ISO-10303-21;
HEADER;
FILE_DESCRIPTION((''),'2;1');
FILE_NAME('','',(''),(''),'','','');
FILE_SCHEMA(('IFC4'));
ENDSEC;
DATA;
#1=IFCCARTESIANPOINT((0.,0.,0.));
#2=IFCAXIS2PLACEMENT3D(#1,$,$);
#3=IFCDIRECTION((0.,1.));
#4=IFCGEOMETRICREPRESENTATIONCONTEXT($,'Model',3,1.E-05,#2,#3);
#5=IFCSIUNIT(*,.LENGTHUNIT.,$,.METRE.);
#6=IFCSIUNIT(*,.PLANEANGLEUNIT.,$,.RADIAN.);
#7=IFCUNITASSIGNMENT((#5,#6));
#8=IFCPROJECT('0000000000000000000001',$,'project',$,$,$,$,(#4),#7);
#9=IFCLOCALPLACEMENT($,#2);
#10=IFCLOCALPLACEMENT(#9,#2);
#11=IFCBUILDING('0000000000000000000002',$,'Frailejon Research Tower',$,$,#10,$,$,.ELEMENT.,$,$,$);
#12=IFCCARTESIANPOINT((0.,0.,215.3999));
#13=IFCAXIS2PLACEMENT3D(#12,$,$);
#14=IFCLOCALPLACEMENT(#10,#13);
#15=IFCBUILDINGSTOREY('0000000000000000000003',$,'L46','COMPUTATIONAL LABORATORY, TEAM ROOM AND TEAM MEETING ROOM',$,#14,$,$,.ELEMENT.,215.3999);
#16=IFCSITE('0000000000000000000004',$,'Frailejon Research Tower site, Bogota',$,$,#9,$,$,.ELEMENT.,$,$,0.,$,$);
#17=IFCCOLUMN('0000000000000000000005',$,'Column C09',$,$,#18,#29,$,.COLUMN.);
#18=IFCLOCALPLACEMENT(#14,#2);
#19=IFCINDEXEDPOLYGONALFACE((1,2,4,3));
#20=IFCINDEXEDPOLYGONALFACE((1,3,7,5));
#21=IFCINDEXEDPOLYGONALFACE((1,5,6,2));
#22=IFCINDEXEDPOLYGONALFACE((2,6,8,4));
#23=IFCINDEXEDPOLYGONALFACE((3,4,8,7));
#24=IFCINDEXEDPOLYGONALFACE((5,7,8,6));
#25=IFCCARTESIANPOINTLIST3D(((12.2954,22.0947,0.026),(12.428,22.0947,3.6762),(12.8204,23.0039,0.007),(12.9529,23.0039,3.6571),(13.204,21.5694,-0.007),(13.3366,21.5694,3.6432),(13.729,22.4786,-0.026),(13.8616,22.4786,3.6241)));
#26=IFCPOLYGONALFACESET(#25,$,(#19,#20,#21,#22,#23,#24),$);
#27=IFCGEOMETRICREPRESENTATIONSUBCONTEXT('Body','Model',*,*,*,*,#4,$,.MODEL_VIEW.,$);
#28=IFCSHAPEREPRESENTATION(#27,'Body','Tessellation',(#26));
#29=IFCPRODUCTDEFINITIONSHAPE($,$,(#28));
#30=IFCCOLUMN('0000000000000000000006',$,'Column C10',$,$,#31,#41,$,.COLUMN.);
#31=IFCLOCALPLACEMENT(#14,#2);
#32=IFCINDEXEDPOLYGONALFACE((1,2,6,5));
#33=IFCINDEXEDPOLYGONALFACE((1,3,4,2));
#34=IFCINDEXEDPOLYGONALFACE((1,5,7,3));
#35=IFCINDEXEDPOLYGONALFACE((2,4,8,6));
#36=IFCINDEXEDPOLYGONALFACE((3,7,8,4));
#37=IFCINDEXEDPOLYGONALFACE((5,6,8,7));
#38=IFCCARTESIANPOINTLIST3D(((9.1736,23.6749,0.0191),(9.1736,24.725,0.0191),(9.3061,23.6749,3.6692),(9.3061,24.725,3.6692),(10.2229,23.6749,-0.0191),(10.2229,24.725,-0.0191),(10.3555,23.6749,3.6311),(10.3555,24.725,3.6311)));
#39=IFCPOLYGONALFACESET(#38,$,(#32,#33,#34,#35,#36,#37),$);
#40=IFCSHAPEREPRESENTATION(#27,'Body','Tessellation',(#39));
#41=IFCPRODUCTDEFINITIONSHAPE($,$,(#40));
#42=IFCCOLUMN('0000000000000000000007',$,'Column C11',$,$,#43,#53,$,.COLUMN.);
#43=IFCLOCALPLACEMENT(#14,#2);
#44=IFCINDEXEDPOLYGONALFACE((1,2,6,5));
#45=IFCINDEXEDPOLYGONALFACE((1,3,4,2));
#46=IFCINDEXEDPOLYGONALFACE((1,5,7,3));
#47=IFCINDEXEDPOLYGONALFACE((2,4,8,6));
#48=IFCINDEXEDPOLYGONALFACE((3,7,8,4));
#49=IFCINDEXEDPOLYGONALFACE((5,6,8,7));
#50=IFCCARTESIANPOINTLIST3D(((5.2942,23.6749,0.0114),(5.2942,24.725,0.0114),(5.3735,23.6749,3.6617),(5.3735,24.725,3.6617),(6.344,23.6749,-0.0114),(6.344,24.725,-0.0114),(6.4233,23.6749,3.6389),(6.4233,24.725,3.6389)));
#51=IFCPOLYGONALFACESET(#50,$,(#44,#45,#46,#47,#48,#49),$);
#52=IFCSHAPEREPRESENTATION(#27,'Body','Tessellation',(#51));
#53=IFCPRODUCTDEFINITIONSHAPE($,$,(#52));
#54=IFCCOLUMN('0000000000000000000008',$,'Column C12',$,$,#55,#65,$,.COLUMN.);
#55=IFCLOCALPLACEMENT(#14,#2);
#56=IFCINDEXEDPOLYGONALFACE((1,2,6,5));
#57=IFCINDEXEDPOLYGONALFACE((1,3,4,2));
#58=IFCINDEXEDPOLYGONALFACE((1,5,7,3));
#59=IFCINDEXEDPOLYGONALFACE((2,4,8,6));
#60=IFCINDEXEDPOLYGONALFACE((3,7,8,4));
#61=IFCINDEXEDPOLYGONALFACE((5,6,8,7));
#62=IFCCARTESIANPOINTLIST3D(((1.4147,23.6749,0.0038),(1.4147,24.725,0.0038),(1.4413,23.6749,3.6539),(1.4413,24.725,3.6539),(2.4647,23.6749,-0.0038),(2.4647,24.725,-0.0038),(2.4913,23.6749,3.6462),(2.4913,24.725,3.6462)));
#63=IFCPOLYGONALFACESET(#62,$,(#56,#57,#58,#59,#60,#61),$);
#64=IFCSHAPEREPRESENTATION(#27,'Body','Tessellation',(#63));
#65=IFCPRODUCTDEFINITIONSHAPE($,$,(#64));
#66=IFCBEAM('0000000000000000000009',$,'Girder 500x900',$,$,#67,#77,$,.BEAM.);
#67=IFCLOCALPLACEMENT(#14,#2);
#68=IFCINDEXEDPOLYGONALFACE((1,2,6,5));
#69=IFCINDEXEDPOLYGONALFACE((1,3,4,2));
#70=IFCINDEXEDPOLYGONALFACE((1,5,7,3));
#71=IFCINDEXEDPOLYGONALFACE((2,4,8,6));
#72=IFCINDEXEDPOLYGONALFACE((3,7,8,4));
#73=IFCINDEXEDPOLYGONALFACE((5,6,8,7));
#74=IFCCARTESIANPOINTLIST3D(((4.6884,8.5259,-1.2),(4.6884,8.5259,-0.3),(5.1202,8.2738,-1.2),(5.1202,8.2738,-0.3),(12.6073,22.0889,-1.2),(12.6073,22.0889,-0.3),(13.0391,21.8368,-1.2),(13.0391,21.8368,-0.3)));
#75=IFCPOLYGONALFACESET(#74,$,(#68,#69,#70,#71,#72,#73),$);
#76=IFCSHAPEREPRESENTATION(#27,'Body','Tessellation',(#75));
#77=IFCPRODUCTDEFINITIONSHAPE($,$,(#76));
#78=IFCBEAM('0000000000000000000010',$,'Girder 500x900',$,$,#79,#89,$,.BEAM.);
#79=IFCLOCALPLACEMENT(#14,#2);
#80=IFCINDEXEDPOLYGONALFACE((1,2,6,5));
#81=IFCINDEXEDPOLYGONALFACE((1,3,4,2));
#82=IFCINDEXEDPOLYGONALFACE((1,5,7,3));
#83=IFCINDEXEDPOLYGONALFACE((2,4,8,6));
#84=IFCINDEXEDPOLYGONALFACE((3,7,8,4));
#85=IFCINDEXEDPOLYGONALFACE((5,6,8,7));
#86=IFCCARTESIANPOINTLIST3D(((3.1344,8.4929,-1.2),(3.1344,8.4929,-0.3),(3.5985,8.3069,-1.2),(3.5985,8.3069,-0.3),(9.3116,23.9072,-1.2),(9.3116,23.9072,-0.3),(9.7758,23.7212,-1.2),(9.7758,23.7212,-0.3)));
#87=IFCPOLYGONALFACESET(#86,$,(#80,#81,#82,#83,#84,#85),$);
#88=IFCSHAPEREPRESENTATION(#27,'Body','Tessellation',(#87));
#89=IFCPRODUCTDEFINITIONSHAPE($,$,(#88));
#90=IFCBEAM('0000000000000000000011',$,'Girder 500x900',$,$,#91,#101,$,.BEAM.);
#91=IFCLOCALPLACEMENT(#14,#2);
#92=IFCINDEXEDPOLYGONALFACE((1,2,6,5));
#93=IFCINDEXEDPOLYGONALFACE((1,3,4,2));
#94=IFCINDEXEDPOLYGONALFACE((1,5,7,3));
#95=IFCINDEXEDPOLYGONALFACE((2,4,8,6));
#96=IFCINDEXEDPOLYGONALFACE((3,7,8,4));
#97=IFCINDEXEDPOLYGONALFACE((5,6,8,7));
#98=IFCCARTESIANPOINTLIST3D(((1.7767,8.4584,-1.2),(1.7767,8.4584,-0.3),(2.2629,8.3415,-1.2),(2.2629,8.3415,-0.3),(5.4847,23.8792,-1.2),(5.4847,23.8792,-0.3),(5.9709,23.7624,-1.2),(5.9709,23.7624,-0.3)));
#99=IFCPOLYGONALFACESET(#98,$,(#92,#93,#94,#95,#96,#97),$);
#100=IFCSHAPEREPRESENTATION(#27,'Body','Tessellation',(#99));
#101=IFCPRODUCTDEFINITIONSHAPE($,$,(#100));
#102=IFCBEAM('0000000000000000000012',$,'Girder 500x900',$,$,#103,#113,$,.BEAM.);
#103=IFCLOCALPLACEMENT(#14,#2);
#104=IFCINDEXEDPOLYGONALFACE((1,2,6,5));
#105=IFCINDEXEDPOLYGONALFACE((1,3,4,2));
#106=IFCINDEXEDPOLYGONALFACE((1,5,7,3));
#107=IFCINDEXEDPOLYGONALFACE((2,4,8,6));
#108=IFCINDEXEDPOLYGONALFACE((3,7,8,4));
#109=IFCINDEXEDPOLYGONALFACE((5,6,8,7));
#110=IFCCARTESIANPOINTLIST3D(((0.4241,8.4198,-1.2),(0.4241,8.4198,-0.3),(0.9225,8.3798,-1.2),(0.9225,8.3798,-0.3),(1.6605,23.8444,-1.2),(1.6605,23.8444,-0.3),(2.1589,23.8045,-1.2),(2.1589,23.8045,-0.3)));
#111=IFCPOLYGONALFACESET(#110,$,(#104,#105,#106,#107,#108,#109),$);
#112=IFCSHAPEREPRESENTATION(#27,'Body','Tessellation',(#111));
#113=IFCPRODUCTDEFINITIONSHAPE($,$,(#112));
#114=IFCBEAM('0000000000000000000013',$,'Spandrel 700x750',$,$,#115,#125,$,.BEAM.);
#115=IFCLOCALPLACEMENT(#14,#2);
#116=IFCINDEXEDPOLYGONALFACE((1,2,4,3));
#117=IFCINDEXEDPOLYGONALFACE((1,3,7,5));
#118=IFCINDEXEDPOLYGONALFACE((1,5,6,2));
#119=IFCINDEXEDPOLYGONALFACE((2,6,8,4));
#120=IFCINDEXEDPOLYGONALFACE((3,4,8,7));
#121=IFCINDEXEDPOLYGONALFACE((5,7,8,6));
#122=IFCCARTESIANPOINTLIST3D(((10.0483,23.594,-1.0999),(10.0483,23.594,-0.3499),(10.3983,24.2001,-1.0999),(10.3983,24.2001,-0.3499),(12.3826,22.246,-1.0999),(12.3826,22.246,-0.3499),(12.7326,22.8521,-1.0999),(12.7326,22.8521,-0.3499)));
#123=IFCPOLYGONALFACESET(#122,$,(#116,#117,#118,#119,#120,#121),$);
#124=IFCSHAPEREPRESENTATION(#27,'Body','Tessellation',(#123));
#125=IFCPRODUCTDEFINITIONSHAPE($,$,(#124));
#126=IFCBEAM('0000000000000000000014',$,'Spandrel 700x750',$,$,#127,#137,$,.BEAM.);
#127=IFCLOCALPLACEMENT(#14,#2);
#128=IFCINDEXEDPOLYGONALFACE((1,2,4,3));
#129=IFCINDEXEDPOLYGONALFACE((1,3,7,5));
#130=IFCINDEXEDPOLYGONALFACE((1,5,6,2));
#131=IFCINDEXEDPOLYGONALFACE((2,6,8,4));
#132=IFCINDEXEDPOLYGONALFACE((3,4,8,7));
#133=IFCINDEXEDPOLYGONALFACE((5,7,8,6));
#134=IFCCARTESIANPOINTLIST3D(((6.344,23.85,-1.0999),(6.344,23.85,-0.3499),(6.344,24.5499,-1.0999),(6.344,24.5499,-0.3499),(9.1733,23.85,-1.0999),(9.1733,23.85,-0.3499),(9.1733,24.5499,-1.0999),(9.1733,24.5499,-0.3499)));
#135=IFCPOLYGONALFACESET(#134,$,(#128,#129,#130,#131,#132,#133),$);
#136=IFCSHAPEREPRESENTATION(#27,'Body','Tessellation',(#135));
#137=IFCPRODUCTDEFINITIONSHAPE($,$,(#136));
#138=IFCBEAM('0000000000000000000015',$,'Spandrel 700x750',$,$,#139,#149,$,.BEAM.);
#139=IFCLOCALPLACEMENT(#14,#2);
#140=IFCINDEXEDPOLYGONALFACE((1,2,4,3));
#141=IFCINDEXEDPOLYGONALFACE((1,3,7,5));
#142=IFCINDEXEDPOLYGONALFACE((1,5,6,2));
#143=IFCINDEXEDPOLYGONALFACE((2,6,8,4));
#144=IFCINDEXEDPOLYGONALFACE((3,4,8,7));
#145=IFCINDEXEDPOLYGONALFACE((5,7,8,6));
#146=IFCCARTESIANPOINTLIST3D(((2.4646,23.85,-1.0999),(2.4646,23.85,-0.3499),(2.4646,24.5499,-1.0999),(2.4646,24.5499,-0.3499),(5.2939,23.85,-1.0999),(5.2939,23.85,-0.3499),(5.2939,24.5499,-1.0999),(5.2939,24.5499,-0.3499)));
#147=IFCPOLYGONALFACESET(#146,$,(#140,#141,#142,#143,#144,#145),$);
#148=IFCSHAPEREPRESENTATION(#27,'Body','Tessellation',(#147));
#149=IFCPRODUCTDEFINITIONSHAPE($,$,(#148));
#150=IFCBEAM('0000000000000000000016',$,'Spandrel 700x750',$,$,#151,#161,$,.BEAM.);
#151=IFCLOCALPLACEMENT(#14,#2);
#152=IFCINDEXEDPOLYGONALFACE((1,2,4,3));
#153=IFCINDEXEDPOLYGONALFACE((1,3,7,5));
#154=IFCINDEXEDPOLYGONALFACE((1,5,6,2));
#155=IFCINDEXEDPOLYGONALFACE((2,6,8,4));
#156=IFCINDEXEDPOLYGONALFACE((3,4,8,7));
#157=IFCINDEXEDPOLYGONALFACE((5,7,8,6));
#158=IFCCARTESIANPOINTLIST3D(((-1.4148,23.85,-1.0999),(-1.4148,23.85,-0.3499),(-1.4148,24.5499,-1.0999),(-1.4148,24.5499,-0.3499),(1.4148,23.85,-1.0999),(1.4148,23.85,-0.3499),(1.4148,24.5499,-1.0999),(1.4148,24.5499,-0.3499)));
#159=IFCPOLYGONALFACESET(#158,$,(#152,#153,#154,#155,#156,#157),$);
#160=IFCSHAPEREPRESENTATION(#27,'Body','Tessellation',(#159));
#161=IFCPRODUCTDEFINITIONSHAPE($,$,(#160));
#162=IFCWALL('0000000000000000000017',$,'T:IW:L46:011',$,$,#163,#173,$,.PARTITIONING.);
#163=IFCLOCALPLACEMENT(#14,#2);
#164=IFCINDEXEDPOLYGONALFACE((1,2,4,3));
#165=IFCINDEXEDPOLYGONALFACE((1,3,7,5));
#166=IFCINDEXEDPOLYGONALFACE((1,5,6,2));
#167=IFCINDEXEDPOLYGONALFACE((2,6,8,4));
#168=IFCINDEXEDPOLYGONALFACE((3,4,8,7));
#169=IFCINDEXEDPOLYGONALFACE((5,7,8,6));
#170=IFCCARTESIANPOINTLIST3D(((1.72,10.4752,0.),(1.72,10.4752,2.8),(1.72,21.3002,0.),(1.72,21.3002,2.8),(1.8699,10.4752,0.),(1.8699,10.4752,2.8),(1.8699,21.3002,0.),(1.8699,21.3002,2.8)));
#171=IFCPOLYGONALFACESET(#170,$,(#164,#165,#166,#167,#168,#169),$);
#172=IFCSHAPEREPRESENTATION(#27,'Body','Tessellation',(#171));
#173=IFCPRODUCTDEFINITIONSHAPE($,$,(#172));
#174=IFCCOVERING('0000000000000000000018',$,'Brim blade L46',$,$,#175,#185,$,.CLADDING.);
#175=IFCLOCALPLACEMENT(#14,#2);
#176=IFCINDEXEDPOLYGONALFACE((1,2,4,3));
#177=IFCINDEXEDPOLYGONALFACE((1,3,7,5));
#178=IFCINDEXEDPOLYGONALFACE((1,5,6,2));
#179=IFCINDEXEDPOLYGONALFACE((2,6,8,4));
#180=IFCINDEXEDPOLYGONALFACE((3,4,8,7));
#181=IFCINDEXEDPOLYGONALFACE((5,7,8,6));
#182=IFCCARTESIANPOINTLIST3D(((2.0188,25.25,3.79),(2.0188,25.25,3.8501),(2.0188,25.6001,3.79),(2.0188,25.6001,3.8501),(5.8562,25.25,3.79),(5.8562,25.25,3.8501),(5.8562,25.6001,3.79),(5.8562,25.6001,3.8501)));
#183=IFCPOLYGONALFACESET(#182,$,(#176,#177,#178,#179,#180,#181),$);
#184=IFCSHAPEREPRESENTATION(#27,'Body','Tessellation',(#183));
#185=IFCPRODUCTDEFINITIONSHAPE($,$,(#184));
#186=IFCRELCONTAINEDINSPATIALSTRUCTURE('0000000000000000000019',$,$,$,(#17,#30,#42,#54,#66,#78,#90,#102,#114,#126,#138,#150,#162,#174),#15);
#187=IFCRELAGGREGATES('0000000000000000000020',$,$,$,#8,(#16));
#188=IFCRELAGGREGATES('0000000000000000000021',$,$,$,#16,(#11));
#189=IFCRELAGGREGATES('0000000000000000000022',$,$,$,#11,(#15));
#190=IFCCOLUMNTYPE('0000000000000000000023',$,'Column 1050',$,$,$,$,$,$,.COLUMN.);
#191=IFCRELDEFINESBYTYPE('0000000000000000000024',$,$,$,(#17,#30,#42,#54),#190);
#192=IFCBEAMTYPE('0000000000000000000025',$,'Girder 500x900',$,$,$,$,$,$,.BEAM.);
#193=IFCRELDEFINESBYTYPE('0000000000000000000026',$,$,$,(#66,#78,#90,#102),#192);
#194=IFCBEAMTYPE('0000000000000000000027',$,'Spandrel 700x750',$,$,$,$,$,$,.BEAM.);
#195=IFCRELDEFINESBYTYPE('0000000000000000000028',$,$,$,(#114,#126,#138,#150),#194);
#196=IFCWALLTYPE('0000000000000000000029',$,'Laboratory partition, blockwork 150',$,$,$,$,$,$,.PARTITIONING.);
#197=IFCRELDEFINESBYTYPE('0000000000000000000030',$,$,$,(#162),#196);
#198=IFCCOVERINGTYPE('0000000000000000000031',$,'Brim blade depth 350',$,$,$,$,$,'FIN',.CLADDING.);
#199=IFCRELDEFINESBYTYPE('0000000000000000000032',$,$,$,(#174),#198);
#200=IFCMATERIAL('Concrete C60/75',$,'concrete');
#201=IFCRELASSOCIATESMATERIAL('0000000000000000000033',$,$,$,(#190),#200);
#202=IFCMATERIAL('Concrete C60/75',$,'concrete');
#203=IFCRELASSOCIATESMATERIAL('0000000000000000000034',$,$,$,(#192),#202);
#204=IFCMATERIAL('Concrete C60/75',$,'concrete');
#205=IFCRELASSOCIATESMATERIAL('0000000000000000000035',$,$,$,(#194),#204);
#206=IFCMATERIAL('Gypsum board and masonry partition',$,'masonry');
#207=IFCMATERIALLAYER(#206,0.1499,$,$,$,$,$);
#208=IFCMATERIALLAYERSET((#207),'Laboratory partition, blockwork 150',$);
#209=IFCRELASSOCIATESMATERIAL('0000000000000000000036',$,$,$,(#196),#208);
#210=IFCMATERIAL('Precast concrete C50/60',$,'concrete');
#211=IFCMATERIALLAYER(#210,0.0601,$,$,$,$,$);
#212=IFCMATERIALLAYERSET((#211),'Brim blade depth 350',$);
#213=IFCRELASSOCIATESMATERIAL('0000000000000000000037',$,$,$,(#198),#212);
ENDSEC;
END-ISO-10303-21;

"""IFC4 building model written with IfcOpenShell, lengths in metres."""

from ifc_helpers import new_model, si_unit, direction, frame, frame_2d, origin, origin_2d, place, context, subcontext, project, spatial, polyline, rectangle, outline, extrude, material, layer, layer_set, material_profile, profile_set, type_object, element, save


model = new_model("IFC4")

# Units and contexts
model_context = context("Model", 3, precision=1e-05, world=origin(), true_north=direction((0.0, 1.0)))
body_context = subcontext(model_context, "Body", "Model", "MODEL_VIEW")
ifc_project = project(units=[si_unit("LENGTHUNIT", "METRE"), si_unit("PLANEANGLEUNIT", "RADIAN")], contexts=[model_context])

# Site, building, storey
site_placement = place(None, origin())
site = spatial("IfcSite", under=ifc_project, at=site_placement, Name="Frailejon Research Tower site, Bogota", CompositionType="ELEMENT", RefElevation=0.0)
building_placement = place(site_placement, origin())
building = spatial("IfcBuilding", under=site, at=building_placement, Name="Frailejon Research Tower", CompositionType="ELEMENT")
storey_placement = place(building_placement, frame((0.0, 0.0, 215.3999)))
storey = spatial("IfcBuildingStorey", under=building, at=storey_placement, Name="L46", Description="COMPUTATIONAL LABORATORY, TEAM ROOM AND TEAM MEETING ROOM", CompositionType="ELEMENT", Elevation=215.3999)

# Columns
ifc_material_1 = material(Name="Concrete C60/75", Category="concrete")
ifc_material_profile_1 = material_profile(ifc_material_1, rectangle(XDim=1.05, YDim=1.05, at=origin_2d()), Name="Column 1050")
ifc_profile_set_1 = profile_set([ifc_material_profile_1], Name="Concrete C60/75")
column_type = type_object("IfcColumnType", Name="Column 1050", PredefinedType="COLUMN", material=ifc_profile_set_1)
for number, where, z_axis, x_axis, name in (
    (1, (13.0122, 22.2866, 0.0), (0.036295, 0.0, 0.999341), (-0.865313, 0.500246, 0.031427), "Column C09"),
    (2, (9.6982, 24.2, 0.0), (0.036295, 0.0, 0.999341), (-0.999341, 0.0, 0.036295), "Column C10"),
):
    element("IfcColumn", number, at=place(storey_placement, frame(where, z_axis=z_axis, x_axis=x_axis)), inside=storey, type_object=column_type, Name=name, PredefinedType="COLUMN", context=body_context, shape_type="SweptSolid", body=[
        extrude(rectangle(XDim=1.05, YDim=1.05, at=origin_2d()), origin(), (0.0, 0.0, 1.0), 3.6526),
    ])
column_1_placement = place(storey_placement, frame((5.8191, 24.2, 0.0), z_axis=(0.021733, 0.0, 0.999764), x_axis=(-0.999764, 0.0, 0.021733)))
element("IfcColumn", 3, at=column_1_placement, inside=storey, type_object=column_type, Name="Column C11", PredefinedType="COLUMN", context=body_context, shape_type="SweptSolid", body=[
    extrude(rectangle(XDim=1.05, YDim=1.05, at=origin_2d()), origin(), (0.0, 0.0, 1.0), 3.6511),
])
column_2_placement = place(storey_placement, frame((1.9397, 24.2, 0.0), z_axis=(0.00729, 0.0, 0.999973), x_axis=(-0.999973, 0.0, 0.00729)))
element("IfcColumn", 4, at=column_2_placement, inside=storey, type_object=column_type, Name="Column C12", PredefinedType="COLUMN", context=body_context, shape_type="SweptSolid", body=[
    extrude(rectangle(XDim=1.05, YDim=1.05, at=origin_2d()), origin(), (0.0, 0.0, 1.0), 3.6501),
])

# Beams
ifc_material_2 = material(Name="Concrete C60/75", Category="concrete")
ifc_material_profile_2 = material_profile(ifc_material_2, rectangle(XDim=0.5, YDim=0.8999, at=origin_2d()), Name="Girder 500x900")
ifc_profile_set_2 = profile_set([ifc_material_profile_2], Name="Concrete C60/75")
beam_type_1 = type_object("IfcBeamType", Name="Girder 500x900", PredefinedType="BEAM", material=ifc_profile_set_2)
beam_1_placement = place(storey_placement, frame((12.8232, 21.9629, -0.75), z_axis=(-0.504213, -0.863579, 0.0), x_axis=(0.863579, -0.504213, 0.0)))
element("IfcBeam", 5, at=beam_1_placement, inside=storey, type_object=beam_type_1, Name="Girder 500x900", PredefinedType="BEAM", context=body_context, shape_type="SweptSolid", body=[
    extrude(rectangle(XDim=0.5, YDim=0.8999, at=origin_2d()), origin(), (0.0, 0.0, 1.0), 15.7056),
])
beam_2_placement = place(storey_placement, frame((9.5437, 23.8142, -0.75), z_axis=(-0.371989, -0.928237, 0.0), x_axis=(0.928237, -0.371989, 0.0)))
element("IfcBeam", 6, at=beam_2_placement, inside=storey, type_object=beam_type_1, Name="Girder 500x900", PredefinedType="BEAM", context=body_context, shape_type="SweptSolid", body=[
    extrude(rectangle(XDim=0.5, YDim=0.8999, at=origin_2d()), origin(), (0.0, 0.0, 1.0), 16.606),
])
beam_3_placement = place(storey_placement, frame((5.7278, 23.8208, -0.75), z_axis=(-0.23379, -0.972287, 0.0), x_axis=(0.972287, -0.23379, 0.0)))
element("IfcBeam", 7, at=beam_3_placement, inside=storey, type_object=beam_type_1, Name="Girder 500x900", PredefinedType="BEAM", context=body_context, shape_type="SweptSolid", body=[
    extrude(rectangle(XDim=0.5, YDim=0.8999, at=origin_2d()), origin(), (0.0, 0.0, 1.0), 15.8604),
])
beam_4_placement = place(storey_placement, frame((1.9097, 23.8245, -0.75), z_axis=(-0.079897, -0.996803, 0.0), x_axis=(0.996803, -0.079897, 0.0)))
element("IfcBeam", 8, at=beam_4_placement, inside=storey, type_object=beam_type_1, Name="Girder 500x900", PredefinedType="BEAM", context=body_context, shape_type="SweptSolid", body=[
    extrude(rectangle(XDim=0.5, YDim=0.8999, at=origin_2d()), origin(), (0.0, 0.0, 1.0), 15.4741),
])
ifc_material_3 = material(Name="Concrete C60/75", Category="concrete")
ifc_material_profile_3 = material_profile(ifc_material_3, rectangle(XDim=0.7, YDim=0.75, at=origin_2d()), Name="Spandrel 700x750")
ifc_profile_set_3 = profile_set([ifc_material_profile_3], Name="Concrete C60/75")
beam_type_2 = type_object("IfcBeamType", Name="Spandrel 700x750", PredefinedType="BEAM", material=ifc_profile_set_3)
beam_5_placement = place(storey_placement, frame((12.5576, 22.5491, -0.7249), z_axis=(-0.865988, 0.500065, 0.0), x_axis=(-0.500065, -0.865988, 0.0)))
element("IfcBeam", 9, at=beam_5_placement, inside=storey, type_object=beam_type_2, Name="Spandrel 700x750", PredefinedType="BEAM", context=body_context, shape_type="SweptSolid", body=[
    extrude(rectangle(XDim=0.7, YDim=0.75, at=origin_2d()), origin(), (0.0, 0.0, 1.0), 2.6956),
])
for number, where, z_axis, x_axis, name in (
    (10, (9.1733, 24.2, -0.7249), (-1.0, 0.0, 0.0), (0.0, -1.0, 0.0), "Spandrel 700x750"),
    (11, (5.2939, 24.2, -0.7249), (-1.0, 0.0, 0.0), (0.0, -1.0, 0.0), "Spandrel 700x750"),
):
    element("IfcBeam", number, at=place(storey_placement, frame(where, z_axis=z_axis, x_axis=x_axis)), inside=storey, type_object=beam_type_2, Name=name, PredefinedType="BEAM", context=body_context, shape_type="SweptSolid", body=[
        extrude(rectangle(XDim=0.7, YDim=0.75, at=origin_2d()), origin(), (0.0, 0.0, 1.0), 2.8293),
    ])
beam_6_placement = place(storey_placement, frame((1.4148, 24.2, -0.7249), z_axis=(-1.0, 0.0, 0.0), x_axis=(0.0, -1.0, 0.0)))
element("IfcBeam", 12, at=beam_6_placement, inside=storey, type_object=beam_type_2, Name="Spandrel 700x750", PredefinedType="BEAM", context=body_context, shape_type="SweptSolid", body=[
    extrude(rectangle(XDim=0.7, YDim=0.75, at=origin_2d()), origin(), (0.0, 0.0, 1.0), 2.8296),
])

# Wall
ifc_material_4 = material(Name="Gypsum board and masonry partition", Category="masonry")
ifc_layer_1 = layer(ifc_material_4, 0.1499)
ifc_layer_set_1 = layer_set([ifc_layer_1], Name="Laboratory partition, blockwork 150")
wall_type_1 = type_object("IfcWallType", Name="Laboratory partition, blockwork 150", PredefinedType="PARTITIONING", material=ifc_layer_set_1)
wall_1_placement = place(storey_placement, frame((1.7949, 10.4751, 0.0), z_axis=(0.0, 0.0, 1.0), x_axis=(0.0, 1.0, 0.0)))
element("IfcWall", 13, at=wall_1_placement, inside=storey, type_object=wall_type_1, Name="T:IW:L46:011", PredefinedType="PARTITIONING", context=body_context, shape_type="SweptSolid", body=[
    extrude(rectangle(XDim=10.825, YDim=0.1499, at=frame_2d((5.4126, 0.0))), origin(), (0.0, 0.0, 1.0), 2.8),
])

# Covering
ifc_material_5 = material(Name="Precast concrete C50/60", Category="concrete")
ifc_layer_2 = layer(ifc_material_5, 0.0601)
ifc_layer_set_2 = layer_set([ifc_layer_2], Name="Brim blade depth 350")
covering_type_1 = type_object("IfcCoveringType", Name="Brim blade depth 350", ElementType="FIN", PredefinedType="CLADDING", material=ifc_layer_set_2)
covering_1_placement = place(storey_placement, frame((2.0188, 25.25, 3.8501), z_axis=(1.0, 0.0, 0.0), x_axis=(0.0, 1.0, 0.0)))
element("IfcCovering", 14, at=covering_1_placement, inside=storey, type_object=covering_type_1, Name="Brim blade L46", PredefinedType="CLADDING", context=body_context, shape_type="SweptSolid", body=[
    extrude(outline(polyline([(0.0, -0.0601), (0.3501, -0.0601), (0.3501, 0.0), (0.0, 0.0), (0.0, -0.0601)])), origin(), (0.0, 0.0, 1.0), 3.8374),
])

save(model, "model.ifc")
